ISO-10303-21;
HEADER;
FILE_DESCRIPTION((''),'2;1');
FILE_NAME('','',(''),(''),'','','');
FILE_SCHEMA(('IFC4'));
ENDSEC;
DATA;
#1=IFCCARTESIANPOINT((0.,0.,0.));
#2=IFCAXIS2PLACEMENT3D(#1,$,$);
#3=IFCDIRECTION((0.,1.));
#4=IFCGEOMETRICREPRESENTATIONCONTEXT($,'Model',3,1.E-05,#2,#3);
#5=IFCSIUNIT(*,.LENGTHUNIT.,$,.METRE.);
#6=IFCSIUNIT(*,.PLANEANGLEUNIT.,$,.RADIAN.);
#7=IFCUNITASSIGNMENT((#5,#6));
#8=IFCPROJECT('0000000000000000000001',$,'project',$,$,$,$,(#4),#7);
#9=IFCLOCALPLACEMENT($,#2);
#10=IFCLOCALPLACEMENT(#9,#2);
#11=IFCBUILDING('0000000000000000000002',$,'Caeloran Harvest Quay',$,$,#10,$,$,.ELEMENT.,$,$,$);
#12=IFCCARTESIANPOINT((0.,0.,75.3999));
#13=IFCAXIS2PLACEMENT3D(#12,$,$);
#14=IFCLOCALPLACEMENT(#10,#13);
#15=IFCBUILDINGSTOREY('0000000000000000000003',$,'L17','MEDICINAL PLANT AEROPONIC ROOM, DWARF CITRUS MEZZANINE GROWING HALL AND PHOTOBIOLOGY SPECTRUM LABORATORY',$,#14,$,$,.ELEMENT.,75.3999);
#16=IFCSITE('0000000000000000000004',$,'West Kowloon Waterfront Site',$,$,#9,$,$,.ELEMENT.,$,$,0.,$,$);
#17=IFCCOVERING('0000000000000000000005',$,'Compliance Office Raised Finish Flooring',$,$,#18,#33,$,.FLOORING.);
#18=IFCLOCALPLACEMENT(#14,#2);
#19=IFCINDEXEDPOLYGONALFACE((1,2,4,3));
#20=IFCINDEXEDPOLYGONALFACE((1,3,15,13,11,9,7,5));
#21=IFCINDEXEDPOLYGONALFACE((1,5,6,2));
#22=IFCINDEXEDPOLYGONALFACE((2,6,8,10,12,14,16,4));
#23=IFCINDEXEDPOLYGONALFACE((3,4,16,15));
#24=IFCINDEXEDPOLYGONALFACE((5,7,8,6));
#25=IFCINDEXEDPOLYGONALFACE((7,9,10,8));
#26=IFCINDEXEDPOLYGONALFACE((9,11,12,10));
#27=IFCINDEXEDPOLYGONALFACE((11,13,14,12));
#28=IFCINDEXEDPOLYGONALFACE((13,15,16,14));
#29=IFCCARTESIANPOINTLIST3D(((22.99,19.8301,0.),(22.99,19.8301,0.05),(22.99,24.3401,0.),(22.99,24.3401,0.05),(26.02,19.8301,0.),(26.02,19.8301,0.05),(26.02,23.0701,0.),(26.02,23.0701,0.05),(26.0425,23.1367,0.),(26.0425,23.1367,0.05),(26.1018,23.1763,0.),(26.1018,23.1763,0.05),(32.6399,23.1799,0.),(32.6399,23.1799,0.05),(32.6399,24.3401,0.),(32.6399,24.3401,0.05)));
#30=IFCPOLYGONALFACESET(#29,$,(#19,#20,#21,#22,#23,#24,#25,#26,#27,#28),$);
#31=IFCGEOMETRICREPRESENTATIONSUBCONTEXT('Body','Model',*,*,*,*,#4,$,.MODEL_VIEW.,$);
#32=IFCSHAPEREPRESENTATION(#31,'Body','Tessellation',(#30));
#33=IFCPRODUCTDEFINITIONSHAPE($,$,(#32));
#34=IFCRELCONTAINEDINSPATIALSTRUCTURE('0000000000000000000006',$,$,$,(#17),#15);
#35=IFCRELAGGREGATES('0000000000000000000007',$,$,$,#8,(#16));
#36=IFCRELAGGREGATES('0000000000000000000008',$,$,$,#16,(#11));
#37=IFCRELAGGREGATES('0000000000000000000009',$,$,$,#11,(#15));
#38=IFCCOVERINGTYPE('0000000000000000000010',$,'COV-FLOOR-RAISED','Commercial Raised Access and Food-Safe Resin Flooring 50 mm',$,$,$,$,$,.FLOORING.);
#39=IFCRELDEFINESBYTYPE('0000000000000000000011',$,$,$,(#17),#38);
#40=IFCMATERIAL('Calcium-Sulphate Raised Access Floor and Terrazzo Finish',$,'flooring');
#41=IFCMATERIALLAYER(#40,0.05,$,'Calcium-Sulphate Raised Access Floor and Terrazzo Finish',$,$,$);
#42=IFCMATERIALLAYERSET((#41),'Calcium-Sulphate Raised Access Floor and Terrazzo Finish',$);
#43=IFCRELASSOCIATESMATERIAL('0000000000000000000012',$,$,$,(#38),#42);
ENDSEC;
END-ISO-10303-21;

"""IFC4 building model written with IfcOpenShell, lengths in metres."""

from ifc_helpers import new_model, si_unit, direction, frame, origin, place, context, subcontext, project, spatial, polyline, outline, extrude, material, layer, layer_set, type_object, element, save


model = new_model("IFC4")

# Units and contexts
model_context = context("Model", 3, precision=1e-05, world=origin(), true_north=direction((0.0, 1.0)))
body_context = subcontext(model_context, "Body", "Model", "MODEL_VIEW")
ifc_project = project(units=[si_unit("LENGTHUNIT", "METRE"), si_unit("PLANEANGLEUNIT", "RADIAN")], contexts=[model_context])

# Site, building, storey
site_placement = place(None, origin())
site = spatial("IfcSite", under=ifc_project, at=site_placement, Name="West Kowloon Waterfront Site", CompositionType="ELEMENT", RefElevation=0.0)
building_placement = place(site_placement, origin())
building = spatial("IfcBuilding", under=site, at=building_placement, Name="Caeloran Harvest Quay", CompositionType="ELEMENT")
storey_placement = place(building_placement, frame((0.0, 0.0, 75.3999)))
storey = spatial("IfcBuildingStorey", under=building, at=storey_placement, Name="L17", Description="MEDICINAL PLANT AEROPONIC ROOM, DWARF CITRUS MEZZANINE GROWING HALL AND PHOTOBIOLOGY SPECTRUM LABORATORY", CompositionType="ELEMENT", Elevation=75.3999)

# Covering
ifc_material_1 = material(Name="Calcium-Sulphate Raised Access Floor and Terrazzo Finish", Category="flooring")
ifc_layer_1 = layer(ifc_material_1, 0.05, Name="Calcium-Sulphate Raised Access Floor and Terrazzo Finish")
ifc_layer_set_1 = layer_set([ifc_layer_1], Name="Calcium-Sulphate Raised Access Floor and Terrazzo Finish")
covering_type_1 = type_object("IfcCoveringType", Name="COV-FLOOR-RAISED", Description="Commercial Raised Access and Food-Safe Resin Flooring 50 mm", PredefinedType="FLOORING", material=ifc_layer_set_1)
covering_1_placement = place(storey_placement, origin())
element("IfcCovering", 1, at=covering_1_placement, inside=storey, type_object=covering_type_1, Name="Compliance Office Raised Finish Flooring", PredefinedType="FLOORING", context=body_context, shape_type="SweptSolid", body=[
    extrude(outline(polyline([(26.1018, 23.1763), (26.0425, 23.1367), (26.02, 23.0701), (26.02, 19.8301), (22.99, 19.8301), (22.99, 24.3401), (32.6399, 24.3401), (32.6399, 23.1799), (26.1018, 23.1763)])), origin(), (0.0, 0.0, 1.0), 0.05),
])

save(model, "model.ifc")
